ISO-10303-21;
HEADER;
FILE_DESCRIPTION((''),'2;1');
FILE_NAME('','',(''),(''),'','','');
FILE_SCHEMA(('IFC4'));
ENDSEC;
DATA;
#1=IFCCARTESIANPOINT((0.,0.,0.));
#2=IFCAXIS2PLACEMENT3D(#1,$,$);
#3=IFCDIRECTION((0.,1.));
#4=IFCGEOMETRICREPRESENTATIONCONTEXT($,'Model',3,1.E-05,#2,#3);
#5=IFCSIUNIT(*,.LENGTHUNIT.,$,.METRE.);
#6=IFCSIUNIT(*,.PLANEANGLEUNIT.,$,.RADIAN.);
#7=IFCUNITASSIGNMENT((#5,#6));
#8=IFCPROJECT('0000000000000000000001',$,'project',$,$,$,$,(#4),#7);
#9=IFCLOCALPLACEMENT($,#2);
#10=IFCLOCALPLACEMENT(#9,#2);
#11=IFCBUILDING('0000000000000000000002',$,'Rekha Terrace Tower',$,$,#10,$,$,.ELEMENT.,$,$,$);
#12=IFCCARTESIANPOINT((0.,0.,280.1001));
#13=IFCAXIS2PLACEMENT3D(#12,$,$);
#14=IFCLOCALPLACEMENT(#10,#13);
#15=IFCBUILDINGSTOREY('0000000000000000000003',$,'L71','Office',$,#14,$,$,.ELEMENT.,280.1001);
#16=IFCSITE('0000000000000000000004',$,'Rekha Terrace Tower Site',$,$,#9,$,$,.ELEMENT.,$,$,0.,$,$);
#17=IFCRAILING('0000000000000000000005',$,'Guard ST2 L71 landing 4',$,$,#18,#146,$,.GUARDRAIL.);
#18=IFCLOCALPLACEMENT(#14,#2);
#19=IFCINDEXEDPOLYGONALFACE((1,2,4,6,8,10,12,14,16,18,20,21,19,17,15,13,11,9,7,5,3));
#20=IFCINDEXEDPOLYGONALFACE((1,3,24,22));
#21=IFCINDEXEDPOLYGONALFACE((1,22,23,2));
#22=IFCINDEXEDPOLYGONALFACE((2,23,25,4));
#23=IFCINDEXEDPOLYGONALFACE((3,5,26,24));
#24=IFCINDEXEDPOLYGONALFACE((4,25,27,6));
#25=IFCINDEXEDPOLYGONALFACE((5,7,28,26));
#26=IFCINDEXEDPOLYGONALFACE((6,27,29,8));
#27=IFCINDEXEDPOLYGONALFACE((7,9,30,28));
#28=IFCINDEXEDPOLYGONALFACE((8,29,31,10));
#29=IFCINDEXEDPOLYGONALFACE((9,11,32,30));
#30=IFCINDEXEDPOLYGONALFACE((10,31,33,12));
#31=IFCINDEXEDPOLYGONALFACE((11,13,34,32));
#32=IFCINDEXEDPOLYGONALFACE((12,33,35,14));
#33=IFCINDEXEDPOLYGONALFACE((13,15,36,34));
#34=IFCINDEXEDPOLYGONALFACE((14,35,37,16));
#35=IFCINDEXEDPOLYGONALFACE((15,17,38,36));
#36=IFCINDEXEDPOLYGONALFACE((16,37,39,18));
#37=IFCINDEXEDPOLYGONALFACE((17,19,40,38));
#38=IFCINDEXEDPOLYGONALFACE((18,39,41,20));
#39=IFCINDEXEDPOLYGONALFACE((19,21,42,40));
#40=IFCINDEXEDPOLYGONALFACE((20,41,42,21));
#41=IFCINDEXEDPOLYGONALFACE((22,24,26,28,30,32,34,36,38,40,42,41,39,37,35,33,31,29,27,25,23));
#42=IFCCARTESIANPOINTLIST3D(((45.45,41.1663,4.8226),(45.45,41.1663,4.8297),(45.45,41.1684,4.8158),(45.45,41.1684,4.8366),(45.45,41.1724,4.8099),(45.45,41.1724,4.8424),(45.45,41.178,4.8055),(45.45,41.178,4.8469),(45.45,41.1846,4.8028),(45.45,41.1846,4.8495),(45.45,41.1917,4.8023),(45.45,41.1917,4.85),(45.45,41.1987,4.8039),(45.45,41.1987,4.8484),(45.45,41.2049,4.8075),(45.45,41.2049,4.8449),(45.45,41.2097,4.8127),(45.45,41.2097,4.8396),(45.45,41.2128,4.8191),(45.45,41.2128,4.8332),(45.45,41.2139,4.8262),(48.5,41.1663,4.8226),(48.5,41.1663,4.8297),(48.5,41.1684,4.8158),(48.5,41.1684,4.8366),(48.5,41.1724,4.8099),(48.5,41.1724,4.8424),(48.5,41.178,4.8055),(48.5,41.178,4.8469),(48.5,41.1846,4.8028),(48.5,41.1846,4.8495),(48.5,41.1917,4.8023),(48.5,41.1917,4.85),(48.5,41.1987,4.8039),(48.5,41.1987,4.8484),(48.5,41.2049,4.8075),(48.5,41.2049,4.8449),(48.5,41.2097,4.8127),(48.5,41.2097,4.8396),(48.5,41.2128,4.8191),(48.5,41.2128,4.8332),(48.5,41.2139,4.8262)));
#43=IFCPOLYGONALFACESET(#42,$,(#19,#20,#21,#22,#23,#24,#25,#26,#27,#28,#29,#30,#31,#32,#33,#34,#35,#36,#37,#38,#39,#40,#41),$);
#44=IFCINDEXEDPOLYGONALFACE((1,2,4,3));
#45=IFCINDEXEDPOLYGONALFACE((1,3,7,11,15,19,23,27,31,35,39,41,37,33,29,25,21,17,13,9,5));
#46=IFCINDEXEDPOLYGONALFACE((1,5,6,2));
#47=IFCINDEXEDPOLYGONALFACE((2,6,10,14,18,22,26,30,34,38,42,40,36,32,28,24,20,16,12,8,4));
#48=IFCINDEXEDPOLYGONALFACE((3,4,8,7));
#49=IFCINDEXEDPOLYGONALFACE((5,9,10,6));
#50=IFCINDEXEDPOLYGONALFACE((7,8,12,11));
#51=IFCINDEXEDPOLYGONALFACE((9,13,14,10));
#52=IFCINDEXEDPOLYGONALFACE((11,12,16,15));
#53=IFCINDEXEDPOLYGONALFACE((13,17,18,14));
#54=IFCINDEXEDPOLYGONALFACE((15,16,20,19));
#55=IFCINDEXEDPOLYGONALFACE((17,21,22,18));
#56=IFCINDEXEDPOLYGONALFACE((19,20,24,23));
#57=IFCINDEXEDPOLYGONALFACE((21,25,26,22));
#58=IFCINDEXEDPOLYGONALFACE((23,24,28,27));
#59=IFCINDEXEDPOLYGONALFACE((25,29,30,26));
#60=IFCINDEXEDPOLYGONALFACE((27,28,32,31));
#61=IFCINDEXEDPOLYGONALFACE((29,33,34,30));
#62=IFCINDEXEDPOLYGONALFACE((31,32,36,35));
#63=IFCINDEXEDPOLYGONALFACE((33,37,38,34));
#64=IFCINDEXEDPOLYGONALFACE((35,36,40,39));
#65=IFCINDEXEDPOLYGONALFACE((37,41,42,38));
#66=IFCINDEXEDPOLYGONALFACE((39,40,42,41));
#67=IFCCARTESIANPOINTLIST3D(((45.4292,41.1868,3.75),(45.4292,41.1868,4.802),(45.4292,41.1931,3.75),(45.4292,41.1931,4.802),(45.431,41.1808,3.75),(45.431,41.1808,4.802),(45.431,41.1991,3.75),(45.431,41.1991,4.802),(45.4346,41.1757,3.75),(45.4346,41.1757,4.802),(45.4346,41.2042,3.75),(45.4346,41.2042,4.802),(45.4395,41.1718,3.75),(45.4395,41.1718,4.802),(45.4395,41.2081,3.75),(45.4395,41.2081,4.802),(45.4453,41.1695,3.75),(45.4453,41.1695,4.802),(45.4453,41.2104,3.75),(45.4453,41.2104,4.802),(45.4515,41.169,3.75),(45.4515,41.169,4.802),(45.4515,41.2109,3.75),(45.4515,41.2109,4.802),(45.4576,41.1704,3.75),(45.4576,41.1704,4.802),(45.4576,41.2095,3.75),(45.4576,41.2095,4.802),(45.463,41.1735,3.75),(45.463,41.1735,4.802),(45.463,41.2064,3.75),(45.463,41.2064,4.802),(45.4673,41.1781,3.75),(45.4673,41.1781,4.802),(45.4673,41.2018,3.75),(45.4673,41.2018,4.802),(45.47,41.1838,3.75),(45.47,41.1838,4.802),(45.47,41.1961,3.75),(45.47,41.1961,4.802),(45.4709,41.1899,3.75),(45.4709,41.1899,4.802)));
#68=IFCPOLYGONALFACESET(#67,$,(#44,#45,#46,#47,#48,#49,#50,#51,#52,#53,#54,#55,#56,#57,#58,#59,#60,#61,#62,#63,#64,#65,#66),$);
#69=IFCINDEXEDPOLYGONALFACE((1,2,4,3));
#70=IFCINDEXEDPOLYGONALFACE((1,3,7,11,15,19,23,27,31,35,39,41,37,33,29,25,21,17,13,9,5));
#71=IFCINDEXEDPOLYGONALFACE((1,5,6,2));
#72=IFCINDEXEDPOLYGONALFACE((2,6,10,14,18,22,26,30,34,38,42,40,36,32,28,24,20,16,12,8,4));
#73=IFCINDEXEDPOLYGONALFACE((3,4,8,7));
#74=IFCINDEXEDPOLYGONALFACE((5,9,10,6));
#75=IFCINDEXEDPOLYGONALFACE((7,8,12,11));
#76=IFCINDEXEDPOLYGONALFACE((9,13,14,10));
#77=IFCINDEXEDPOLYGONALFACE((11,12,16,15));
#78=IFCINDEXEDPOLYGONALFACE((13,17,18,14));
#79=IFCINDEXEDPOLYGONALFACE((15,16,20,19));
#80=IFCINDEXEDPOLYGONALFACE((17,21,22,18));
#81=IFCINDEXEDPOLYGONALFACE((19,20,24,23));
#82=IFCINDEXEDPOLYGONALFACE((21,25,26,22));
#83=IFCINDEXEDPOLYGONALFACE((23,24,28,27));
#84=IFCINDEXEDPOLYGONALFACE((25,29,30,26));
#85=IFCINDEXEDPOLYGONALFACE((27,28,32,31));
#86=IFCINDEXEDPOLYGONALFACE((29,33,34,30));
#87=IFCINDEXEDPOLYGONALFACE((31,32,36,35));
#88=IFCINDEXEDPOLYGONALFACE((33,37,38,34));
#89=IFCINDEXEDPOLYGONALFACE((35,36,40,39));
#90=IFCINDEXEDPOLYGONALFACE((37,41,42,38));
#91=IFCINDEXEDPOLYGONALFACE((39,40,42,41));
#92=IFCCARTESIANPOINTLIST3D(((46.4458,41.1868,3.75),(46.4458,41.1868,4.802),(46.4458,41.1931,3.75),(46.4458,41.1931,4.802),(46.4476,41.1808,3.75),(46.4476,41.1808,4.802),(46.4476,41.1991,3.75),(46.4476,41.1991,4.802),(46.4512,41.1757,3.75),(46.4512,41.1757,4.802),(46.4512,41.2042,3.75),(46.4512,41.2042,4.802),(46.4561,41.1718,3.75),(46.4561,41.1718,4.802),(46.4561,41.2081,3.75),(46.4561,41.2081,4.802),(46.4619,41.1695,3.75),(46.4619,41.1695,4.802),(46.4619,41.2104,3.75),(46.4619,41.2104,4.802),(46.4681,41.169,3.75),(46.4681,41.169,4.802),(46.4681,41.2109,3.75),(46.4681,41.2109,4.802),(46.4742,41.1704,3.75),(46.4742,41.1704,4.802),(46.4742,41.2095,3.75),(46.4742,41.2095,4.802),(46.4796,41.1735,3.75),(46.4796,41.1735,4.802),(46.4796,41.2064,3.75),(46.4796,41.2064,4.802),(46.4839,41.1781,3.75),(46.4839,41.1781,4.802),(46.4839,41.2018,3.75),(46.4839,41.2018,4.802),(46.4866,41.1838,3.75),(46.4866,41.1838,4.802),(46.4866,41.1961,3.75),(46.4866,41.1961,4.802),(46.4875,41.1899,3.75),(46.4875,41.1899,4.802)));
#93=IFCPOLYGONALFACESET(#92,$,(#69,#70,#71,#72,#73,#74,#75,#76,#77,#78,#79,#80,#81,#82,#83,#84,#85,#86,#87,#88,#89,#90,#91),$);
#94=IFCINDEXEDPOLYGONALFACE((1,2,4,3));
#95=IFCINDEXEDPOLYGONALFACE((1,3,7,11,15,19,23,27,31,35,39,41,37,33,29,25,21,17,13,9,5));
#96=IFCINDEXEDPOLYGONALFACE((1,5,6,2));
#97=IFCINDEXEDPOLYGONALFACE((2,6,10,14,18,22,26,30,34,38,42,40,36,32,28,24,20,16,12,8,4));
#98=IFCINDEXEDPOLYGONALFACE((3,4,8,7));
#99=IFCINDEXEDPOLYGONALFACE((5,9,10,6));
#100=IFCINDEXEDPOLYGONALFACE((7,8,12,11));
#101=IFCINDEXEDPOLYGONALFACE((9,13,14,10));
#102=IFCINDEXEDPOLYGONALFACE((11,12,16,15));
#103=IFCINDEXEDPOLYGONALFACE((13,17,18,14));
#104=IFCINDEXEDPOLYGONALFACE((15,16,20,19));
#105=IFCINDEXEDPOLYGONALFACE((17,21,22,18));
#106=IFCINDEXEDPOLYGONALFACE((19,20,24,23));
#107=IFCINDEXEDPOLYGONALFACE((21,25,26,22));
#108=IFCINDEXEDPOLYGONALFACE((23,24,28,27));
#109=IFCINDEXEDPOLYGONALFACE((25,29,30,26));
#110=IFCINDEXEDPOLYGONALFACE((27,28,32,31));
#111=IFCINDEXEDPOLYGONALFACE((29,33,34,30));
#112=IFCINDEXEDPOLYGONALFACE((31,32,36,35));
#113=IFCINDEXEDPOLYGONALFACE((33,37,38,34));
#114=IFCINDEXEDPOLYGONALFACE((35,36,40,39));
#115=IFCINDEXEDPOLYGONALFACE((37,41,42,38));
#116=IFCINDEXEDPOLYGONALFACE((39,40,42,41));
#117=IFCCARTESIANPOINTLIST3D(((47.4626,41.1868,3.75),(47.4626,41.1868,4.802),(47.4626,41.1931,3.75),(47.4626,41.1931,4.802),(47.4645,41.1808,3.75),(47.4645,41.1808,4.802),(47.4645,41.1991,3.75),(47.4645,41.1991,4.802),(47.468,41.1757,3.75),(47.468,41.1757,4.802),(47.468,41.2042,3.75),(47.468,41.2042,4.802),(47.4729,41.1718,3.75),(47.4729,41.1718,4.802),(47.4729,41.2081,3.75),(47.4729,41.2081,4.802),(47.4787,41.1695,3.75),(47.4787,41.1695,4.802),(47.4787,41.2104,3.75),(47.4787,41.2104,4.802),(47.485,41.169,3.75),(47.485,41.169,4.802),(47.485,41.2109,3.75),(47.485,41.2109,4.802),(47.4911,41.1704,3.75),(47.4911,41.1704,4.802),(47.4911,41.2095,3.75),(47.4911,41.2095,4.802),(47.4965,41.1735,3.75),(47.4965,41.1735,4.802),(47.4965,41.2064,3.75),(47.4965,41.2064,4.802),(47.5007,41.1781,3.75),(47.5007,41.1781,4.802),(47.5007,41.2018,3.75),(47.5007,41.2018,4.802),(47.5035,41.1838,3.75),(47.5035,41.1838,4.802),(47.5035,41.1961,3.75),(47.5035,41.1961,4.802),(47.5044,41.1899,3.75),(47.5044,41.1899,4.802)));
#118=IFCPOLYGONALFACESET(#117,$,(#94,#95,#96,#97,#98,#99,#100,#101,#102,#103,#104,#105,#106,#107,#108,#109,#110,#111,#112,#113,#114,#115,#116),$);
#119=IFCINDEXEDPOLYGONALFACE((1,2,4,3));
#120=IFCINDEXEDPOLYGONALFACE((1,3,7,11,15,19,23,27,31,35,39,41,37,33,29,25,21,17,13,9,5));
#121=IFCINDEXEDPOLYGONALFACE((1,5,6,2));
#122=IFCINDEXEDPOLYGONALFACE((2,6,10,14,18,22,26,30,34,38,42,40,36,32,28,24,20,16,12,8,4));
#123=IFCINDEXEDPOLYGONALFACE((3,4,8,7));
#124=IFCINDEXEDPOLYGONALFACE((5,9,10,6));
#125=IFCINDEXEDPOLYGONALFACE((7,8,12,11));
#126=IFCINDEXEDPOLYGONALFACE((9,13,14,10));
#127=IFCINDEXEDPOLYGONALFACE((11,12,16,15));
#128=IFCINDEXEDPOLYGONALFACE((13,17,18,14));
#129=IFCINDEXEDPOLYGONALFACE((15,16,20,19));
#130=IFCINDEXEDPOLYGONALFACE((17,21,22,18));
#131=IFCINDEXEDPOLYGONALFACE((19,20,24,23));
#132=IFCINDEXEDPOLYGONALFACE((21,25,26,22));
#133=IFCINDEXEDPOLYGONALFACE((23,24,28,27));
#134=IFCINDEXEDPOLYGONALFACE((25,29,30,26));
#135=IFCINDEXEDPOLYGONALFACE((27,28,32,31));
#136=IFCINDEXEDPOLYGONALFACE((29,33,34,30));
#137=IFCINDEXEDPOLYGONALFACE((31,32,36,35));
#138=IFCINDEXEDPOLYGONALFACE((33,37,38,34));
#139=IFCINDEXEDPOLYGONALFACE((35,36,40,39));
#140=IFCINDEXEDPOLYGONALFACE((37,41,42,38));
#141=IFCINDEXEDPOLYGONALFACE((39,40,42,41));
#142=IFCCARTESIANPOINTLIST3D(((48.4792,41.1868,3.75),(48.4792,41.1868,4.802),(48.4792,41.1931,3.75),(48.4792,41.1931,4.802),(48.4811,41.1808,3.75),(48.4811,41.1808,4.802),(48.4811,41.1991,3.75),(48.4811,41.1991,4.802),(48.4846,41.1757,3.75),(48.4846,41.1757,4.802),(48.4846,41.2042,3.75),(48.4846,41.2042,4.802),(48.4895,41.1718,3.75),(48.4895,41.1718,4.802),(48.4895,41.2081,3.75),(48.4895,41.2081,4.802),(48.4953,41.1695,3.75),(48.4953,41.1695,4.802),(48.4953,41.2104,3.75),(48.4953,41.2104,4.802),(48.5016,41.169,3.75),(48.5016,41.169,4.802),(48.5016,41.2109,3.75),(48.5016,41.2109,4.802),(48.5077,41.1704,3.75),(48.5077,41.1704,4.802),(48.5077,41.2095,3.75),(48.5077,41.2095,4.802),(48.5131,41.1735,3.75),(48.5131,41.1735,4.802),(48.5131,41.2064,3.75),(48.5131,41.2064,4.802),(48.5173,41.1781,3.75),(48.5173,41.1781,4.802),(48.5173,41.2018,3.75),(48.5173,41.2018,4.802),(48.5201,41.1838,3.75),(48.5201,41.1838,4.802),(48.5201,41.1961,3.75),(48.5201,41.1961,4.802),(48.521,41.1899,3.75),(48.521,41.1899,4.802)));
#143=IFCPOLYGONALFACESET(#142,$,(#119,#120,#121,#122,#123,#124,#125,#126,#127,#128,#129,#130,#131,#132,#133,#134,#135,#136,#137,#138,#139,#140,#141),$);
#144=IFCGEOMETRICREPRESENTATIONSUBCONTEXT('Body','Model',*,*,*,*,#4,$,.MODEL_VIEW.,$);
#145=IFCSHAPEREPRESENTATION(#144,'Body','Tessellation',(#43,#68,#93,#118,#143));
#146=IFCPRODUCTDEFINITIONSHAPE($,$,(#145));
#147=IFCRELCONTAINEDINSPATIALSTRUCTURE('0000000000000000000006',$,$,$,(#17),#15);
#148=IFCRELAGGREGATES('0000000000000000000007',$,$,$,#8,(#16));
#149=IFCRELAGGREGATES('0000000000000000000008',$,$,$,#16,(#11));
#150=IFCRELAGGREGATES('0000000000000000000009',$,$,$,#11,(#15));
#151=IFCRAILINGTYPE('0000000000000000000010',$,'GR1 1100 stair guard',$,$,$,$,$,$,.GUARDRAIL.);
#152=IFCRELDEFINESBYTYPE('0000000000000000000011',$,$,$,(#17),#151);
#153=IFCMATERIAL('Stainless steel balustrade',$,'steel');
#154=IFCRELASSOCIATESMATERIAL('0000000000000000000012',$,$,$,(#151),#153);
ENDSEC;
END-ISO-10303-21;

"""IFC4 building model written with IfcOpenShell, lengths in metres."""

from ifc_helpers import new_model, si_unit, direction, frame, origin, origin_2d, place, context, subcontext, project, spatial, circle, extrude, material, type_object, element, save


model = new_model("IFC4")

# Units and contexts
model_context = context("Model", 3, precision=1e-05, world=origin(), true_north=direction((0.0, 1.0)))
body_context = subcontext(model_context, "Body", "Model", "MODEL_VIEW")
ifc_project = project(units=[si_unit("LENGTHUNIT", "METRE"), si_unit("PLANEANGLEUNIT", "RADIAN")], contexts=[model_context])

# Site, building, storey
site_placement = place(None, origin())
site = spatial("IfcSite", under=ifc_project, at=site_placement, Name="Rekha Terrace Tower Site", CompositionType="ELEMENT", RefElevation=0.0)
building_placement = place(site_placement, origin())
building = spatial("IfcBuilding", under=site, at=building_placement, Name="Rekha Terrace Tower", CompositionType="ELEMENT")
storey_placement = place(building_placement, frame((0.0, 0.0, 280.1001)))
storey = spatial("IfcBuildingStorey", under=building, at=storey_placement, Name="L71", Description="Office", CompositionType="ELEMENT", Elevation=280.1001)

# Railing
ifc_material_1 = material(Name="Stainless steel balustrade", Category="steel")
railing_type_1 = type_object("IfcRailingType", Name="GR1 1100 stair guard", PredefinedType="GUARDRAIL", material=ifc_material_1)
railing_1_placement = place(storey_placement, frame((45.45, 41.1899, 3.75)))
element("IfcRailing", 1, at=railing_1_placement, inside=storey, type_object=railing_type_1, Name="Guard ST2 L71 landing 4", PredefinedType="GUARDRAIL", context=body_context, shape_type="SweptSolid", body=[
    extrude(circle(Radius=0.0239, at=origin_2d()), frame((0.0, 0.0, 1.0762), z_axis=(1.0, 0.0, 0.0), x_axis=(0.0, 1.0, 0.0)), (0.0, 0.0, 1.0), 3.05),
    extrude(circle(Radius=0.021, at=origin_2d()), origin(), (0.0, 0.0, 1.0), 1.052),
    extrude(circle(Radius=0.021, at=origin_2d()), frame((1.0166, 0.0, 0.0)), (0.0, 0.0, 1.0), 1.052),
    extrude(circle(Radius=0.021, at=origin_2d()), frame((2.0334, 0.0, 0.0)), (0.0, 0.0, 1.0), 1.052),
    extrude(circle(Radius=0.021, at=origin_2d()), frame((3.05, 0.0, 0.0)), (0.0, 0.0, 1.0), 1.052),
])

save(model, "model.ifc")
